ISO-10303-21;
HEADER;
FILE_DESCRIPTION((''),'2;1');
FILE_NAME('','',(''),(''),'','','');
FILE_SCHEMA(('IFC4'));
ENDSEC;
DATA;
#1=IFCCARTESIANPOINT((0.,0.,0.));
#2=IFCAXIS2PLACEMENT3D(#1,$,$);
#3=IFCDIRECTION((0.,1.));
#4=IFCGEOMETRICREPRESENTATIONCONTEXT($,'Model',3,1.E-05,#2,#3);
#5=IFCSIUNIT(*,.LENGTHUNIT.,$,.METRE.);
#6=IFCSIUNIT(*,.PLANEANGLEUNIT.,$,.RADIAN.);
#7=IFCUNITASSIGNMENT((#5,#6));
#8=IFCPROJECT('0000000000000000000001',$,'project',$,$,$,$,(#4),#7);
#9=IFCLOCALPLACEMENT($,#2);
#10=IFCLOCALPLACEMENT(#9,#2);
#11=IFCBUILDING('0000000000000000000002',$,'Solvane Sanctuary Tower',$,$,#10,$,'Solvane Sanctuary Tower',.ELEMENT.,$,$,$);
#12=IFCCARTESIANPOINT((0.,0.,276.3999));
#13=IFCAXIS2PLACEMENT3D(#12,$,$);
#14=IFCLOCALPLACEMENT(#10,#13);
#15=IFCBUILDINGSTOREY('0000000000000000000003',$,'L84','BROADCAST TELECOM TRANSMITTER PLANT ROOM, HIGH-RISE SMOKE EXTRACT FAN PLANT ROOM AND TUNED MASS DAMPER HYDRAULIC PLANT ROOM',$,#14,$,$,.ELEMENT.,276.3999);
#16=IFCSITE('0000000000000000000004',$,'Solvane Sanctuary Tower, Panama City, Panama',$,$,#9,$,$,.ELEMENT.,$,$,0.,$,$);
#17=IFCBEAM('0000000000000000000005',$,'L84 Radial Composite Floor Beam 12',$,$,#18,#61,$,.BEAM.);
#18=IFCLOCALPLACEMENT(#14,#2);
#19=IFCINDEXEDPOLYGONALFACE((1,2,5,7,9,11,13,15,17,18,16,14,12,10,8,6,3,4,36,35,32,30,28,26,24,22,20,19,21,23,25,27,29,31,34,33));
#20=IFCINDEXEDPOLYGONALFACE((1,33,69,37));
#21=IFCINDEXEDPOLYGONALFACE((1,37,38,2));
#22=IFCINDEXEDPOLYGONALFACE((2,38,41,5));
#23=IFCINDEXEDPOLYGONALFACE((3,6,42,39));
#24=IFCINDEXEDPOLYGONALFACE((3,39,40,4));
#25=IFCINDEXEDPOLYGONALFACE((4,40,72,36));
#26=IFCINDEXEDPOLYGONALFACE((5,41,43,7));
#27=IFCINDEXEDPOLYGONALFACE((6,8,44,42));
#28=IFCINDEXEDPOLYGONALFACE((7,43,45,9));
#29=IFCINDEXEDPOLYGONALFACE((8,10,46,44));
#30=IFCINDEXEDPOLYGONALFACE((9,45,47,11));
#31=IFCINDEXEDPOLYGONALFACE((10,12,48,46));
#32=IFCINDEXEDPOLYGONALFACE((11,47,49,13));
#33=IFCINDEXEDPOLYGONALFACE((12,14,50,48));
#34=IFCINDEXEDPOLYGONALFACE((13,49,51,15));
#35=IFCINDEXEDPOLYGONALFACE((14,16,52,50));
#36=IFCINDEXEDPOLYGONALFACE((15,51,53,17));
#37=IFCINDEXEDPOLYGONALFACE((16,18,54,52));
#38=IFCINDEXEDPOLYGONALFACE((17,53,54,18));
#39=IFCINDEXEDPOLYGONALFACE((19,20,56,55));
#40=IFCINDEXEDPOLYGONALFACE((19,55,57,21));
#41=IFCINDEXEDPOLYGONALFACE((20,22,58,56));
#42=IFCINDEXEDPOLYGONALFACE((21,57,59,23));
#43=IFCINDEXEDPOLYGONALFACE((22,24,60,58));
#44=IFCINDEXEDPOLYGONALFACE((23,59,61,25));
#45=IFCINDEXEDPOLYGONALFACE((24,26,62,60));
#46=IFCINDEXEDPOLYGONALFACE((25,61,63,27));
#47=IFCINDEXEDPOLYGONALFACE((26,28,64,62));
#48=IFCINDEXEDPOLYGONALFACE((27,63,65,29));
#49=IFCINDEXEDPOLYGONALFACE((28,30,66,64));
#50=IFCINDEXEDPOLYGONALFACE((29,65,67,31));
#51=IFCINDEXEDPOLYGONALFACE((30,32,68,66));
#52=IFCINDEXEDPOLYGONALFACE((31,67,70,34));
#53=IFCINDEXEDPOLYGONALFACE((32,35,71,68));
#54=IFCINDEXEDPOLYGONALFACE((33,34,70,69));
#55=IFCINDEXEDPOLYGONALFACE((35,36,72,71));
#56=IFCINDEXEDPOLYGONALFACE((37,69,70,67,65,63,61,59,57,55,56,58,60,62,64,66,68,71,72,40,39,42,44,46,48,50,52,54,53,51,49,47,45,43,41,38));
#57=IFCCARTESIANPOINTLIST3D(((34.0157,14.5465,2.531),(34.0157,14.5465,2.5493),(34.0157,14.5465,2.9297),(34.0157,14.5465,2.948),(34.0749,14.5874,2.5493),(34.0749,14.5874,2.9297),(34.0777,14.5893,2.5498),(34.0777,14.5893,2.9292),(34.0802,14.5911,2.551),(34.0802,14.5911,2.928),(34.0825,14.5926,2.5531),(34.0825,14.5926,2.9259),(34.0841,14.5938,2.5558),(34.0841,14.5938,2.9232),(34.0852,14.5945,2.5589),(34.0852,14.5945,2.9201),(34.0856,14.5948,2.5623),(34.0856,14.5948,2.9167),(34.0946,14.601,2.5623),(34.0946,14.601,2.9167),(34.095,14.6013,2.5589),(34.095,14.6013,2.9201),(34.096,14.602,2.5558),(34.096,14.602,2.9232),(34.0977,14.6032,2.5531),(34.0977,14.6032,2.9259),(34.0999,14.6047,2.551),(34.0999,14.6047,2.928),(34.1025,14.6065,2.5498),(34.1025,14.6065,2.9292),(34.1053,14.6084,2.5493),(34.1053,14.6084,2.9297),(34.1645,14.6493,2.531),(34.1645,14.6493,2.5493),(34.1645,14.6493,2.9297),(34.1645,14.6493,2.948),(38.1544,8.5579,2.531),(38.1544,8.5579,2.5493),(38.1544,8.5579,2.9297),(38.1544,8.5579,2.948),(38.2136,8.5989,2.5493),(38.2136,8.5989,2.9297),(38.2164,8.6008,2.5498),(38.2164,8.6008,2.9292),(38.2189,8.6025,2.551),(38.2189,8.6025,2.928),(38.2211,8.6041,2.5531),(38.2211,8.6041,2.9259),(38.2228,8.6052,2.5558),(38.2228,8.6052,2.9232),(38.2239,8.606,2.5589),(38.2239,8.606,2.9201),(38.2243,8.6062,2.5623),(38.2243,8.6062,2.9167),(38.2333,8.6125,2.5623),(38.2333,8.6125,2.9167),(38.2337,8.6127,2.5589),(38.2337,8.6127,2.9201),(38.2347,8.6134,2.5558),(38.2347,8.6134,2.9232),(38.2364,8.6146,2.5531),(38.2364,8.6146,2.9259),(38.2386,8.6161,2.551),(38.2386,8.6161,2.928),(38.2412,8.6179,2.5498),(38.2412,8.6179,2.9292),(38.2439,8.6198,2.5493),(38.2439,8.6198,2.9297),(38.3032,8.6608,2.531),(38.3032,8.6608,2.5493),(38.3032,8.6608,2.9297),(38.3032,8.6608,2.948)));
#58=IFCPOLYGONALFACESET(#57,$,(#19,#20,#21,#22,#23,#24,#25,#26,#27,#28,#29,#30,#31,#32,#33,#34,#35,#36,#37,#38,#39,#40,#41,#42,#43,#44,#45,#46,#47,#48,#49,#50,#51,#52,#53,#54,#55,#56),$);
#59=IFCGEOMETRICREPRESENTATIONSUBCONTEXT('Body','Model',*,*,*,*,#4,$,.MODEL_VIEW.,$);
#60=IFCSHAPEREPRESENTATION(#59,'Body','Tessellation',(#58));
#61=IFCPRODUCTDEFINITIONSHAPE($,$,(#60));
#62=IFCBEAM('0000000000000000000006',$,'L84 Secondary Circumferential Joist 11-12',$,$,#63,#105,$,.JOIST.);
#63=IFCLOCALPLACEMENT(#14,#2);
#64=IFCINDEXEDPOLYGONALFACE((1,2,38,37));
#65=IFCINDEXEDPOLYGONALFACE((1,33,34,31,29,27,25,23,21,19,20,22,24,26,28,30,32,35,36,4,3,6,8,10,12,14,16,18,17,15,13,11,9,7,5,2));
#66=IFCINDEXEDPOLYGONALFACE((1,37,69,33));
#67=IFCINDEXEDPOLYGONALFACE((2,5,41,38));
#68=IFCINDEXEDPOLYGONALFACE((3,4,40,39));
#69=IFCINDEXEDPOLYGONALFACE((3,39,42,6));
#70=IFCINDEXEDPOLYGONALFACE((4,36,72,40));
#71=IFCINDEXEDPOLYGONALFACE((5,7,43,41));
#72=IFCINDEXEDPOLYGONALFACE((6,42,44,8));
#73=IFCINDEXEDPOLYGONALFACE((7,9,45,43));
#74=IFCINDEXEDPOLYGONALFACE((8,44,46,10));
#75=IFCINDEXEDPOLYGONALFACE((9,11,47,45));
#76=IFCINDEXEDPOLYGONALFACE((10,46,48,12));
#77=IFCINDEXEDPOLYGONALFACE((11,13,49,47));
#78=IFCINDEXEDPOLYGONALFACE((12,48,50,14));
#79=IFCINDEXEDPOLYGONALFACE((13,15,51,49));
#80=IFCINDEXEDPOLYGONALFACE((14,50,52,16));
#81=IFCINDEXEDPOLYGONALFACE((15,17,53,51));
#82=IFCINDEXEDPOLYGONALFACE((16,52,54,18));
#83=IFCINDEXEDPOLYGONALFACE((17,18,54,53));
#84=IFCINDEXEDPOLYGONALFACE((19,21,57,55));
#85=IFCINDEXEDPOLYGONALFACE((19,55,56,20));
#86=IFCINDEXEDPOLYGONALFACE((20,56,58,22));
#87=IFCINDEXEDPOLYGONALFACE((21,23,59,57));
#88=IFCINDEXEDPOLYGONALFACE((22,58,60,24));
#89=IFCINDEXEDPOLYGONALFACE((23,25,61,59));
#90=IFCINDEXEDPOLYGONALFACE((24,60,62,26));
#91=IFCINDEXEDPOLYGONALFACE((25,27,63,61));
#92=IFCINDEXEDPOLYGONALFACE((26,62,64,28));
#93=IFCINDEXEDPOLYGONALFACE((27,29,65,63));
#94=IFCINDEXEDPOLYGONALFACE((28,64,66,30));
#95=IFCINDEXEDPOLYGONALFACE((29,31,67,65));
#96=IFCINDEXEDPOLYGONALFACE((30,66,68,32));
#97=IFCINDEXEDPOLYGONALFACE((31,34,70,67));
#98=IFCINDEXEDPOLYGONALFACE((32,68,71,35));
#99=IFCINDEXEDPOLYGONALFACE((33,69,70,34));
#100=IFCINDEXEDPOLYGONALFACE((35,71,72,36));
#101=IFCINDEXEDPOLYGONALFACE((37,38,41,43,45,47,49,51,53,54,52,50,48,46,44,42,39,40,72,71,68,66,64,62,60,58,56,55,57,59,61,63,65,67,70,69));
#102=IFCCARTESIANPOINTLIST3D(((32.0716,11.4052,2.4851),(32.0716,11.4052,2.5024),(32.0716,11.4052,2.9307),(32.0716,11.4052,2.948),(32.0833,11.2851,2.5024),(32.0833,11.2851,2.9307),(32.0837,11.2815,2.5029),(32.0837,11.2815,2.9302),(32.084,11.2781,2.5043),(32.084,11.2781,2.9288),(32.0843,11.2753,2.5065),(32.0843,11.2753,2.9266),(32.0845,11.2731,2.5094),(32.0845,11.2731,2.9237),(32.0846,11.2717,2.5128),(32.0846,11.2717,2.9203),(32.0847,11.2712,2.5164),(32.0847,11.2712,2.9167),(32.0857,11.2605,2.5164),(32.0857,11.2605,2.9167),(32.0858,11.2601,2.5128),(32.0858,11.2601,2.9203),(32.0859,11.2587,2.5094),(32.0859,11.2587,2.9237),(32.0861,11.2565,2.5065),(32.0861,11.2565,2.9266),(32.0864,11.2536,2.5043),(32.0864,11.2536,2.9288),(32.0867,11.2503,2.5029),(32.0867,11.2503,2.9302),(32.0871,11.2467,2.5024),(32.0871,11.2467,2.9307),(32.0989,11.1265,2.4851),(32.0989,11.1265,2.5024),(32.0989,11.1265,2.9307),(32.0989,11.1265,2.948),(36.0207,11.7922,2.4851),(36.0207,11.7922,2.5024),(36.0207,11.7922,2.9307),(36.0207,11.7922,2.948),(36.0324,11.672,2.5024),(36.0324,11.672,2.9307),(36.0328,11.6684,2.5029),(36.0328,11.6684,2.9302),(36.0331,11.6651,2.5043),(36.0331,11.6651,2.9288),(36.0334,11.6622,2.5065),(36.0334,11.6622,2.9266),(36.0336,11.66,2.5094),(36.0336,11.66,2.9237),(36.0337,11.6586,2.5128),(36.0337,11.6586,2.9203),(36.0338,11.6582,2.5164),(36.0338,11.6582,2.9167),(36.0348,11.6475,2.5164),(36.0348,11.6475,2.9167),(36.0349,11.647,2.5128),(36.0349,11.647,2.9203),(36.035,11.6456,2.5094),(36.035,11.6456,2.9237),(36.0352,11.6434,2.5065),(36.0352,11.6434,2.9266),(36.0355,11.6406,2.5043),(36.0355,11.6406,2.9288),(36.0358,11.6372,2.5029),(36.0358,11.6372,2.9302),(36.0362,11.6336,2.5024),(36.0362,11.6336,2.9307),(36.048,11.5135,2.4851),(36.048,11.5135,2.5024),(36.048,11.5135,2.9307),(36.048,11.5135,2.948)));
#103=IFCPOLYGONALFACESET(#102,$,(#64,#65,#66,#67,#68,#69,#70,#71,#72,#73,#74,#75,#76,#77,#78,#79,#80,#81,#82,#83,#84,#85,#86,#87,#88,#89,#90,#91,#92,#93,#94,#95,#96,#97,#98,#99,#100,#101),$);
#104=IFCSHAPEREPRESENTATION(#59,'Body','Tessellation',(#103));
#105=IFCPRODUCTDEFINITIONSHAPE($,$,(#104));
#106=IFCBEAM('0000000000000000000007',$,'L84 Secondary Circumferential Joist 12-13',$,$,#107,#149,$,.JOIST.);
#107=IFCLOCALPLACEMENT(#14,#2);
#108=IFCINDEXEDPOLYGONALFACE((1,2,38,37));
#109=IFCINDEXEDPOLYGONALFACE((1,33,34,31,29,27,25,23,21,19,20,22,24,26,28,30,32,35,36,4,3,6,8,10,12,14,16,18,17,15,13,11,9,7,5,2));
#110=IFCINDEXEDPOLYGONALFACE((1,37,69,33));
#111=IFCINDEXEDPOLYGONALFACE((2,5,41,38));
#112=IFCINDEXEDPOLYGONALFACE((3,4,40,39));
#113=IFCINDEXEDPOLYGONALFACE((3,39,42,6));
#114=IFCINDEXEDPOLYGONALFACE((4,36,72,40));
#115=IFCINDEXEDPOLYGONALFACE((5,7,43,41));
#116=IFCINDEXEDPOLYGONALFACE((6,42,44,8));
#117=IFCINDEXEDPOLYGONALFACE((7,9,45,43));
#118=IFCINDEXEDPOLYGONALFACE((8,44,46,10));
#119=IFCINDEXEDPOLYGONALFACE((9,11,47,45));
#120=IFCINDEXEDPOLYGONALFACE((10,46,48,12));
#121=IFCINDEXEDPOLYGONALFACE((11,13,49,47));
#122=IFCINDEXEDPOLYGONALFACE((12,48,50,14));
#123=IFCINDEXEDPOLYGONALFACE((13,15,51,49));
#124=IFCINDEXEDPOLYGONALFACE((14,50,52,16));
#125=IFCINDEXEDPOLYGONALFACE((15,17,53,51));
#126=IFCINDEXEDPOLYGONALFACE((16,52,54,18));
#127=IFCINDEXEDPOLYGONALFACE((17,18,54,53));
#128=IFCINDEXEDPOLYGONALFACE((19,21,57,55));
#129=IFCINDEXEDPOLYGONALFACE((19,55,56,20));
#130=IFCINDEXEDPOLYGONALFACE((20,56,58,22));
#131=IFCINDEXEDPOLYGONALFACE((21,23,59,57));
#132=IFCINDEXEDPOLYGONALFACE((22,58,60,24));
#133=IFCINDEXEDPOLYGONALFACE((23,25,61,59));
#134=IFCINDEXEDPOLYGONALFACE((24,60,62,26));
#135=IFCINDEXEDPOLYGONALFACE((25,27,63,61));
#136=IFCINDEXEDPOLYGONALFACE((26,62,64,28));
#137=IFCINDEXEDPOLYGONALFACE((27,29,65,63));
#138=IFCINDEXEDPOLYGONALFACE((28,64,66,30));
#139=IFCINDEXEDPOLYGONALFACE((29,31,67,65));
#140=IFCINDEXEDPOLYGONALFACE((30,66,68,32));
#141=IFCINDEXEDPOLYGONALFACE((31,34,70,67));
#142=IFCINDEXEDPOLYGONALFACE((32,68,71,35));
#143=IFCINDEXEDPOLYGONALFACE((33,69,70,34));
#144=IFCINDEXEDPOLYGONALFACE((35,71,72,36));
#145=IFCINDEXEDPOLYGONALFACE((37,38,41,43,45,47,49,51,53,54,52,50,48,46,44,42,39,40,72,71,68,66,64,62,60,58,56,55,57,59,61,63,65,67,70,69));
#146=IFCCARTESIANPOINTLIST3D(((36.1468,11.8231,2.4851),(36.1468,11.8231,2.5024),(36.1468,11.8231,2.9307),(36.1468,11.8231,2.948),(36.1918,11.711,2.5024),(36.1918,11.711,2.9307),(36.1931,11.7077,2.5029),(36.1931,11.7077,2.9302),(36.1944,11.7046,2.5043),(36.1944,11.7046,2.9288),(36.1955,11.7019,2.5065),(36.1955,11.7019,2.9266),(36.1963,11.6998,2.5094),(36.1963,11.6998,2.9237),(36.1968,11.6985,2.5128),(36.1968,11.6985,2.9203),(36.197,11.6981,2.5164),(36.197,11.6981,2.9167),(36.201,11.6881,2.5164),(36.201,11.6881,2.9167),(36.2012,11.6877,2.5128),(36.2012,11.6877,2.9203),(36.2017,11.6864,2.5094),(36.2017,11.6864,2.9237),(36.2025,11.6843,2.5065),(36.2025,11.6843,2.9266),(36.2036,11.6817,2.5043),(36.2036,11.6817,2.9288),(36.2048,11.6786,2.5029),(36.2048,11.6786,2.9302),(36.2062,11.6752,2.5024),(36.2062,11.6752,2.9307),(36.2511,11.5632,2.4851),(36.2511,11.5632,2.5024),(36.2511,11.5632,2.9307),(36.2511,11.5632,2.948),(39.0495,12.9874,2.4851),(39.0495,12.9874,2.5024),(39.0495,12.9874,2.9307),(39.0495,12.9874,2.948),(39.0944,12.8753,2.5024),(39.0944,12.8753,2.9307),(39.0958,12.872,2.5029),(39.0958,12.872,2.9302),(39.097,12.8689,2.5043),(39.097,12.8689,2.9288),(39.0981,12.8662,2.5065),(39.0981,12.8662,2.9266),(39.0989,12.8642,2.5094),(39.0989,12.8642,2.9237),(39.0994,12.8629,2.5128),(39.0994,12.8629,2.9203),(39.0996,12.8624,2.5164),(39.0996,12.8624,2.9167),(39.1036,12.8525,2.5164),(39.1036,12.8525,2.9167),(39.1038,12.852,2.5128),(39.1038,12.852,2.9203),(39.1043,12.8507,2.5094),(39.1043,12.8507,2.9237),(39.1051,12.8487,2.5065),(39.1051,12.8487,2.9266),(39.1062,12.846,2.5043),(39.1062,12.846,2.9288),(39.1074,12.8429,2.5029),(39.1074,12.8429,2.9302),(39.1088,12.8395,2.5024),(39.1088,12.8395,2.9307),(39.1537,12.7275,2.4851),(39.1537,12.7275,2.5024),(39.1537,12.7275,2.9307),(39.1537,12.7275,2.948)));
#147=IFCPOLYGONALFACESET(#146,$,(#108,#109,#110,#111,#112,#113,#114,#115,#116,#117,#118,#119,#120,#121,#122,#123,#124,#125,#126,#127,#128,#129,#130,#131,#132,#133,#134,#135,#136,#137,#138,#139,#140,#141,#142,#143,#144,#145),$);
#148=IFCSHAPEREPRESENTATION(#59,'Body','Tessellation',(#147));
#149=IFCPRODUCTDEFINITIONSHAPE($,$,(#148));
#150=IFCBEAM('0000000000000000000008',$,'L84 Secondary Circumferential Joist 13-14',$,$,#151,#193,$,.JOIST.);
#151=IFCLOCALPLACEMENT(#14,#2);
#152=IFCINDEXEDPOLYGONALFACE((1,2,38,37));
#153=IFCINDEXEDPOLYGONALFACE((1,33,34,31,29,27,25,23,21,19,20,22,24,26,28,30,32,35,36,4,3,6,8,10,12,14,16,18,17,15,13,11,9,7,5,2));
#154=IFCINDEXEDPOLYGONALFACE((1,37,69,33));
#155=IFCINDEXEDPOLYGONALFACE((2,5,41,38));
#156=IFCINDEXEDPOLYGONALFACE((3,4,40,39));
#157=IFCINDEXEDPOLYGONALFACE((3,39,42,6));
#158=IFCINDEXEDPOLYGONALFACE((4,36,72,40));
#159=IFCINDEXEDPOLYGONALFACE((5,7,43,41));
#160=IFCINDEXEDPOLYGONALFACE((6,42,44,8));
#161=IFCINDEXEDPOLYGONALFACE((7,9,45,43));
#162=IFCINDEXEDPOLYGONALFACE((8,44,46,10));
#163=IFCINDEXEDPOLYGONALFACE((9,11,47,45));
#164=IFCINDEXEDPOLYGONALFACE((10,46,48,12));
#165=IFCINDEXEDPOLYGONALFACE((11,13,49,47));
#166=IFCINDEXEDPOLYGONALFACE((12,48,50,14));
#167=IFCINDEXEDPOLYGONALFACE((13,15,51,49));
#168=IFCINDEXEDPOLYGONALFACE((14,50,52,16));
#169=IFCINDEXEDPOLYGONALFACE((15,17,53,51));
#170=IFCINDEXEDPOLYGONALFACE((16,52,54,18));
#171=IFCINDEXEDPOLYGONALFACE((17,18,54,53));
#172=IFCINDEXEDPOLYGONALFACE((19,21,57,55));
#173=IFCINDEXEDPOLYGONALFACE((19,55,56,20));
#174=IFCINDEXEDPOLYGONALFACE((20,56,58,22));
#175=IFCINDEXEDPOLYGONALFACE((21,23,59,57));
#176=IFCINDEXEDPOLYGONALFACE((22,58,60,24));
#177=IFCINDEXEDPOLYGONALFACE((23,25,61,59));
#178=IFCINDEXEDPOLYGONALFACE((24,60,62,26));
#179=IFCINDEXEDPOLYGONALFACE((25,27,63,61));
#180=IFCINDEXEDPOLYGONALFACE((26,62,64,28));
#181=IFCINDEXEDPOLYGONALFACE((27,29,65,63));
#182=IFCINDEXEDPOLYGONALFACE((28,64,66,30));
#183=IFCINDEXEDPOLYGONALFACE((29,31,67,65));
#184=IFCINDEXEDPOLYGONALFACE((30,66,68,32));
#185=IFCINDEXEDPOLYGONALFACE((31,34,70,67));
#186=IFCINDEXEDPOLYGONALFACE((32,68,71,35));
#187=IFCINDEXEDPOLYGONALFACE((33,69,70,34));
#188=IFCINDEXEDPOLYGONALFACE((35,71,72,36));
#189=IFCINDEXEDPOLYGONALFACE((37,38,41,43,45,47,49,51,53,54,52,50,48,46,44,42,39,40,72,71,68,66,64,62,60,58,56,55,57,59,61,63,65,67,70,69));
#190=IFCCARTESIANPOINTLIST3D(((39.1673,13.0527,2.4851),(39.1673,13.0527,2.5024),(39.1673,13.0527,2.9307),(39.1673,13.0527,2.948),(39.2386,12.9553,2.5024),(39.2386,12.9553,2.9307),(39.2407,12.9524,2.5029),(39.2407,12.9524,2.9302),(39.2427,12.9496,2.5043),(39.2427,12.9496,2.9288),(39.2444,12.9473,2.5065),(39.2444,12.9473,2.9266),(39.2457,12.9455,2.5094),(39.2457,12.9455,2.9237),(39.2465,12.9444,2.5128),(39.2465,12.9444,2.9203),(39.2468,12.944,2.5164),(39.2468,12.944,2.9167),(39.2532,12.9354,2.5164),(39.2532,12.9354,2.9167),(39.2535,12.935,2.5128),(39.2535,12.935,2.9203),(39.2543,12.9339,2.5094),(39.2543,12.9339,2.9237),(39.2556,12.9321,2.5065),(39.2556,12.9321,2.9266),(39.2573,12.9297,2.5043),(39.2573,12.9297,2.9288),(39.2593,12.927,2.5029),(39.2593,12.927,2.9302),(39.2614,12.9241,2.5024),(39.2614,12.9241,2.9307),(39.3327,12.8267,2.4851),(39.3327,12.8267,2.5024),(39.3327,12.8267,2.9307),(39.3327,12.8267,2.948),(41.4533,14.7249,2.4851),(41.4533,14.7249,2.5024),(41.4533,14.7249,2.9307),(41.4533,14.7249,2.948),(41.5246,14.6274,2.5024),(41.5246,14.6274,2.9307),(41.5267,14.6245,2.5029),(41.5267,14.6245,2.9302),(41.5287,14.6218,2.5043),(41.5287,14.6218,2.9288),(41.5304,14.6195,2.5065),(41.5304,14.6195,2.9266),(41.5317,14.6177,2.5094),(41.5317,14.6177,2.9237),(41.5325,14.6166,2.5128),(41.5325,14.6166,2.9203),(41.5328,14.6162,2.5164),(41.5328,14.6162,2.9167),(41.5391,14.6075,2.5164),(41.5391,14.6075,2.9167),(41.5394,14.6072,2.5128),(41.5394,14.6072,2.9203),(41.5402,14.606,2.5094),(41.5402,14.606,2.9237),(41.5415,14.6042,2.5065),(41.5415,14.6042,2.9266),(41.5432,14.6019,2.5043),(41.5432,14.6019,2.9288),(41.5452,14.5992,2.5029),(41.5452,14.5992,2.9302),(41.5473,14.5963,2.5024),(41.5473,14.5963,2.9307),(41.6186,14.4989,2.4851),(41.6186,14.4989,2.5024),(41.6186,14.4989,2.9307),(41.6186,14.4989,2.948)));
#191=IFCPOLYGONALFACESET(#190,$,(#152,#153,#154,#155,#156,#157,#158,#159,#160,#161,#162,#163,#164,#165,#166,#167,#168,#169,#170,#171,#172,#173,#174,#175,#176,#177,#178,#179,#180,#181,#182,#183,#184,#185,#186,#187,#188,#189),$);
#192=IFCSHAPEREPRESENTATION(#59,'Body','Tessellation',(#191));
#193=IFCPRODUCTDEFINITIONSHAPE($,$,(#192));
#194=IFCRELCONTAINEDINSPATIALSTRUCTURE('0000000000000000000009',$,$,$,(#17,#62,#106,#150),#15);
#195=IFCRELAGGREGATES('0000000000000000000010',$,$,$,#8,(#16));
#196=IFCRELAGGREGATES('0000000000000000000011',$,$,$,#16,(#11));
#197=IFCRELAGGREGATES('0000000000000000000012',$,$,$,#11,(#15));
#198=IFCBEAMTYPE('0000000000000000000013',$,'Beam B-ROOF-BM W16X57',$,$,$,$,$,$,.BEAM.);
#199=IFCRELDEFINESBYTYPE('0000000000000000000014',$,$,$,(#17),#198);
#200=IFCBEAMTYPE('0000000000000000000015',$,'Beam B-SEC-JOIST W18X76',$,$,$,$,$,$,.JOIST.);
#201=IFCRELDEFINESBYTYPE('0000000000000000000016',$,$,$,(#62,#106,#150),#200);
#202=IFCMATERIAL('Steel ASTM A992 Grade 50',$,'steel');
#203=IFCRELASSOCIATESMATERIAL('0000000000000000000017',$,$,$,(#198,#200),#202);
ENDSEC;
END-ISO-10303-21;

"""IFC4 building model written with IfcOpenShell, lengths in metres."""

from ifc_helpers import new_model, si_unit, direction, frame, origin, origin_2d, place, context, subcontext, project, spatial, i_section, extrude, material, material_profile, profile_set, type_object, element, save


model = new_model("IFC4")

# Units and contexts
model_context = context("Model", 3, precision=1e-05, world=origin(), true_north=direction((0.0, 1.0)))
body_context = subcontext(model_context, "Body", "Model", "MODEL_VIEW")
ifc_project = project(units=[si_unit("LENGTHUNIT", "METRE"), si_unit("PLANEANGLEUNIT", "RADIAN")], contexts=[model_context])

# Site, building, storey
site_placement = place(None, origin())
site = spatial("IfcSite", under=ifc_project, at=site_placement, Name="Solvane Sanctuary Tower, Panama City, Panama", CompositionType="ELEMENT", RefElevation=0.0)
building_placement = place(site_placement, origin())
building = spatial("IfcBuilding", under=site, at=building_placement, Name="Solvane Sanctuary Tower", LongName="Solvane Sanctuary Tower", CompositionType="ELEMENT")
storey_placement = place(building_placement, frame((0.0, 0.0, 276.3999)))
storey = spatial("IfcBuildingStorey", under=building, at=storey_placement, Name="L84", Description="BROADCAST TELECOM TRANSMITTER PLANT ROOM, HIGH-RISE SMOKE EXTRACT FAN PLANT ROOM AND TUNED MASS DAMPER HYDRAULIC PLANT ROOM", CompositionType="ELEMENT", Elevation=276.3999)

# Beams
ifc_material_1 = material(Name="Steel ASTM A992 Grade 50", Category="steel")
ifc_material_profile_1 = material_profile(ifc_material_1, i_section(OverallWidth=0.1809, OverallDepth=0.417, WebThickness=0.011, FlangeThickness=0.0183, FilletRadius=0.0129, at=origin_2d()), Name="W16X57")
ifc_profile_set_1 = profile_set([ifc_material_profile_1], Name="Steel ASTM A992 Grade 50")
beam_type_1 = type_object("IfcBeamType", Name="Beam B-ROOF-BM W16X57", PredefinedType="BEAM", material=ifc_profile_set_1)
beam_1_placement = place(storey_placement, frame((34.0901, 14.5979, 2.7395), z_axis=(0.568538, -0.822657, 0.0), x_axis=(0.822657, 0.568538, 0.0)))
element("IfcBeam", 1, at=beam_1_placement, inside=storey, type_object=beam_type_1, Name="L84 Radial Composite Floor Beam 12", PredefinedType="BEAM", context=body_context, shape_type="SweptSolid", body=[
    extrude(i_section(OverallWidth=0.1809, OverallDepth=0.417, WebThickness=0.011, FlangeThickness=0.0183, FilletRadius=0.0129, at=origin_2d()), origin(), (0.0, 0.0, 1.0), 7.2795),
])
ifc_material_profile_2 = material_profile(ifc_material_1, i_section(OverallWidth=0.28, OverallDepth=0.4629, WebThickness=0.0107, FlangeThickness=0.0173, FilletRadius=0.0139, at=origin_2d()), Name="W18X76")
ifc_profile_set_2 = profile_set([ifc_material_profile_2], Name="Steel ASTM A992 Grade 50")
beam_type_2 = type_object("IfcBeamType", Name="Beam B-SEC-JOIST W18X76", PredefinedType="JOIST", material=ifc_profile_set_2)
beam_2_placement = place(storey_placement, frame((32.0852, 11.2659, 2.7166), z_axis=(0.995234, 0.097518, 0.0), x_axis=(-0.097518, 0.995234, 0.0)))
element("IfcBeam", 2, at=beam_2_placement, inside=storey, type_object=beam_type_2, Name="L84 Secondary Circumferential Joist 11-12", PredefinedType="JOIST", context=body_context, shape_type="SweptSolid", body=[
    extrude(i_section(OverallWidth=0.28, OverallDepth=0.4629, WebThickness=0.0107, FlangeThickness=0.0173, FilletRadius=0.0139, at=origin_2d()), origin(), (0.0, 0.0, 1.0), 3.968),
])
beam_3_placement = place(storey_placement, frame((36.199, 11.6931, 2.7166), z_axis=(0.928116, 0.372292, 0.0), x_axis=(-0.372292, 0.928116, 0.0)))
element("IfcBeam", 3, at=beam_3_placement, inside=storey, type_object=beam_type_2, Name="L84 Secondary Circumferential Joist 12-13", PredefinedType="JOIST", context=body_context, shape_type="SweptSolid", body=[
    extrude(i_section(OverallWidth=0.28, OverallDepth=0.4629, WebThickness=0.0107, FlangeThickness=0.0173, FilletRadius=0.0139, at=origin_2d()), origin(), (0.0, 0.0, 1.0), 3.1274),
])
beam_4_placement = place(storey_placement, frame((39.25, 12.9397, 2.7166), z_axis=(0.807111, 0.590399, 0.0), x_axis=(-0.590399, 0.807111, 0.0)))
element("IfcBeam", 4, at=beam_4_placement, inside=storey, type_object=beam_type_2, Name="L84 Secondary Circumferential Joist 13-14", PredefinedType="JOIST", context=body_context, shape_type="SweptSolid", body=[
    extrude(i_section(OverallWidth=0.28, OverallDepth=0.4629, WebThickness=0.0107, FlangeThickness=0.0173, FilletRadius=0.0139, at=origin_2d()), origin(), (0.0, 0.0, 1.0), 2.8323),
])

save(model, "model.ifc")
